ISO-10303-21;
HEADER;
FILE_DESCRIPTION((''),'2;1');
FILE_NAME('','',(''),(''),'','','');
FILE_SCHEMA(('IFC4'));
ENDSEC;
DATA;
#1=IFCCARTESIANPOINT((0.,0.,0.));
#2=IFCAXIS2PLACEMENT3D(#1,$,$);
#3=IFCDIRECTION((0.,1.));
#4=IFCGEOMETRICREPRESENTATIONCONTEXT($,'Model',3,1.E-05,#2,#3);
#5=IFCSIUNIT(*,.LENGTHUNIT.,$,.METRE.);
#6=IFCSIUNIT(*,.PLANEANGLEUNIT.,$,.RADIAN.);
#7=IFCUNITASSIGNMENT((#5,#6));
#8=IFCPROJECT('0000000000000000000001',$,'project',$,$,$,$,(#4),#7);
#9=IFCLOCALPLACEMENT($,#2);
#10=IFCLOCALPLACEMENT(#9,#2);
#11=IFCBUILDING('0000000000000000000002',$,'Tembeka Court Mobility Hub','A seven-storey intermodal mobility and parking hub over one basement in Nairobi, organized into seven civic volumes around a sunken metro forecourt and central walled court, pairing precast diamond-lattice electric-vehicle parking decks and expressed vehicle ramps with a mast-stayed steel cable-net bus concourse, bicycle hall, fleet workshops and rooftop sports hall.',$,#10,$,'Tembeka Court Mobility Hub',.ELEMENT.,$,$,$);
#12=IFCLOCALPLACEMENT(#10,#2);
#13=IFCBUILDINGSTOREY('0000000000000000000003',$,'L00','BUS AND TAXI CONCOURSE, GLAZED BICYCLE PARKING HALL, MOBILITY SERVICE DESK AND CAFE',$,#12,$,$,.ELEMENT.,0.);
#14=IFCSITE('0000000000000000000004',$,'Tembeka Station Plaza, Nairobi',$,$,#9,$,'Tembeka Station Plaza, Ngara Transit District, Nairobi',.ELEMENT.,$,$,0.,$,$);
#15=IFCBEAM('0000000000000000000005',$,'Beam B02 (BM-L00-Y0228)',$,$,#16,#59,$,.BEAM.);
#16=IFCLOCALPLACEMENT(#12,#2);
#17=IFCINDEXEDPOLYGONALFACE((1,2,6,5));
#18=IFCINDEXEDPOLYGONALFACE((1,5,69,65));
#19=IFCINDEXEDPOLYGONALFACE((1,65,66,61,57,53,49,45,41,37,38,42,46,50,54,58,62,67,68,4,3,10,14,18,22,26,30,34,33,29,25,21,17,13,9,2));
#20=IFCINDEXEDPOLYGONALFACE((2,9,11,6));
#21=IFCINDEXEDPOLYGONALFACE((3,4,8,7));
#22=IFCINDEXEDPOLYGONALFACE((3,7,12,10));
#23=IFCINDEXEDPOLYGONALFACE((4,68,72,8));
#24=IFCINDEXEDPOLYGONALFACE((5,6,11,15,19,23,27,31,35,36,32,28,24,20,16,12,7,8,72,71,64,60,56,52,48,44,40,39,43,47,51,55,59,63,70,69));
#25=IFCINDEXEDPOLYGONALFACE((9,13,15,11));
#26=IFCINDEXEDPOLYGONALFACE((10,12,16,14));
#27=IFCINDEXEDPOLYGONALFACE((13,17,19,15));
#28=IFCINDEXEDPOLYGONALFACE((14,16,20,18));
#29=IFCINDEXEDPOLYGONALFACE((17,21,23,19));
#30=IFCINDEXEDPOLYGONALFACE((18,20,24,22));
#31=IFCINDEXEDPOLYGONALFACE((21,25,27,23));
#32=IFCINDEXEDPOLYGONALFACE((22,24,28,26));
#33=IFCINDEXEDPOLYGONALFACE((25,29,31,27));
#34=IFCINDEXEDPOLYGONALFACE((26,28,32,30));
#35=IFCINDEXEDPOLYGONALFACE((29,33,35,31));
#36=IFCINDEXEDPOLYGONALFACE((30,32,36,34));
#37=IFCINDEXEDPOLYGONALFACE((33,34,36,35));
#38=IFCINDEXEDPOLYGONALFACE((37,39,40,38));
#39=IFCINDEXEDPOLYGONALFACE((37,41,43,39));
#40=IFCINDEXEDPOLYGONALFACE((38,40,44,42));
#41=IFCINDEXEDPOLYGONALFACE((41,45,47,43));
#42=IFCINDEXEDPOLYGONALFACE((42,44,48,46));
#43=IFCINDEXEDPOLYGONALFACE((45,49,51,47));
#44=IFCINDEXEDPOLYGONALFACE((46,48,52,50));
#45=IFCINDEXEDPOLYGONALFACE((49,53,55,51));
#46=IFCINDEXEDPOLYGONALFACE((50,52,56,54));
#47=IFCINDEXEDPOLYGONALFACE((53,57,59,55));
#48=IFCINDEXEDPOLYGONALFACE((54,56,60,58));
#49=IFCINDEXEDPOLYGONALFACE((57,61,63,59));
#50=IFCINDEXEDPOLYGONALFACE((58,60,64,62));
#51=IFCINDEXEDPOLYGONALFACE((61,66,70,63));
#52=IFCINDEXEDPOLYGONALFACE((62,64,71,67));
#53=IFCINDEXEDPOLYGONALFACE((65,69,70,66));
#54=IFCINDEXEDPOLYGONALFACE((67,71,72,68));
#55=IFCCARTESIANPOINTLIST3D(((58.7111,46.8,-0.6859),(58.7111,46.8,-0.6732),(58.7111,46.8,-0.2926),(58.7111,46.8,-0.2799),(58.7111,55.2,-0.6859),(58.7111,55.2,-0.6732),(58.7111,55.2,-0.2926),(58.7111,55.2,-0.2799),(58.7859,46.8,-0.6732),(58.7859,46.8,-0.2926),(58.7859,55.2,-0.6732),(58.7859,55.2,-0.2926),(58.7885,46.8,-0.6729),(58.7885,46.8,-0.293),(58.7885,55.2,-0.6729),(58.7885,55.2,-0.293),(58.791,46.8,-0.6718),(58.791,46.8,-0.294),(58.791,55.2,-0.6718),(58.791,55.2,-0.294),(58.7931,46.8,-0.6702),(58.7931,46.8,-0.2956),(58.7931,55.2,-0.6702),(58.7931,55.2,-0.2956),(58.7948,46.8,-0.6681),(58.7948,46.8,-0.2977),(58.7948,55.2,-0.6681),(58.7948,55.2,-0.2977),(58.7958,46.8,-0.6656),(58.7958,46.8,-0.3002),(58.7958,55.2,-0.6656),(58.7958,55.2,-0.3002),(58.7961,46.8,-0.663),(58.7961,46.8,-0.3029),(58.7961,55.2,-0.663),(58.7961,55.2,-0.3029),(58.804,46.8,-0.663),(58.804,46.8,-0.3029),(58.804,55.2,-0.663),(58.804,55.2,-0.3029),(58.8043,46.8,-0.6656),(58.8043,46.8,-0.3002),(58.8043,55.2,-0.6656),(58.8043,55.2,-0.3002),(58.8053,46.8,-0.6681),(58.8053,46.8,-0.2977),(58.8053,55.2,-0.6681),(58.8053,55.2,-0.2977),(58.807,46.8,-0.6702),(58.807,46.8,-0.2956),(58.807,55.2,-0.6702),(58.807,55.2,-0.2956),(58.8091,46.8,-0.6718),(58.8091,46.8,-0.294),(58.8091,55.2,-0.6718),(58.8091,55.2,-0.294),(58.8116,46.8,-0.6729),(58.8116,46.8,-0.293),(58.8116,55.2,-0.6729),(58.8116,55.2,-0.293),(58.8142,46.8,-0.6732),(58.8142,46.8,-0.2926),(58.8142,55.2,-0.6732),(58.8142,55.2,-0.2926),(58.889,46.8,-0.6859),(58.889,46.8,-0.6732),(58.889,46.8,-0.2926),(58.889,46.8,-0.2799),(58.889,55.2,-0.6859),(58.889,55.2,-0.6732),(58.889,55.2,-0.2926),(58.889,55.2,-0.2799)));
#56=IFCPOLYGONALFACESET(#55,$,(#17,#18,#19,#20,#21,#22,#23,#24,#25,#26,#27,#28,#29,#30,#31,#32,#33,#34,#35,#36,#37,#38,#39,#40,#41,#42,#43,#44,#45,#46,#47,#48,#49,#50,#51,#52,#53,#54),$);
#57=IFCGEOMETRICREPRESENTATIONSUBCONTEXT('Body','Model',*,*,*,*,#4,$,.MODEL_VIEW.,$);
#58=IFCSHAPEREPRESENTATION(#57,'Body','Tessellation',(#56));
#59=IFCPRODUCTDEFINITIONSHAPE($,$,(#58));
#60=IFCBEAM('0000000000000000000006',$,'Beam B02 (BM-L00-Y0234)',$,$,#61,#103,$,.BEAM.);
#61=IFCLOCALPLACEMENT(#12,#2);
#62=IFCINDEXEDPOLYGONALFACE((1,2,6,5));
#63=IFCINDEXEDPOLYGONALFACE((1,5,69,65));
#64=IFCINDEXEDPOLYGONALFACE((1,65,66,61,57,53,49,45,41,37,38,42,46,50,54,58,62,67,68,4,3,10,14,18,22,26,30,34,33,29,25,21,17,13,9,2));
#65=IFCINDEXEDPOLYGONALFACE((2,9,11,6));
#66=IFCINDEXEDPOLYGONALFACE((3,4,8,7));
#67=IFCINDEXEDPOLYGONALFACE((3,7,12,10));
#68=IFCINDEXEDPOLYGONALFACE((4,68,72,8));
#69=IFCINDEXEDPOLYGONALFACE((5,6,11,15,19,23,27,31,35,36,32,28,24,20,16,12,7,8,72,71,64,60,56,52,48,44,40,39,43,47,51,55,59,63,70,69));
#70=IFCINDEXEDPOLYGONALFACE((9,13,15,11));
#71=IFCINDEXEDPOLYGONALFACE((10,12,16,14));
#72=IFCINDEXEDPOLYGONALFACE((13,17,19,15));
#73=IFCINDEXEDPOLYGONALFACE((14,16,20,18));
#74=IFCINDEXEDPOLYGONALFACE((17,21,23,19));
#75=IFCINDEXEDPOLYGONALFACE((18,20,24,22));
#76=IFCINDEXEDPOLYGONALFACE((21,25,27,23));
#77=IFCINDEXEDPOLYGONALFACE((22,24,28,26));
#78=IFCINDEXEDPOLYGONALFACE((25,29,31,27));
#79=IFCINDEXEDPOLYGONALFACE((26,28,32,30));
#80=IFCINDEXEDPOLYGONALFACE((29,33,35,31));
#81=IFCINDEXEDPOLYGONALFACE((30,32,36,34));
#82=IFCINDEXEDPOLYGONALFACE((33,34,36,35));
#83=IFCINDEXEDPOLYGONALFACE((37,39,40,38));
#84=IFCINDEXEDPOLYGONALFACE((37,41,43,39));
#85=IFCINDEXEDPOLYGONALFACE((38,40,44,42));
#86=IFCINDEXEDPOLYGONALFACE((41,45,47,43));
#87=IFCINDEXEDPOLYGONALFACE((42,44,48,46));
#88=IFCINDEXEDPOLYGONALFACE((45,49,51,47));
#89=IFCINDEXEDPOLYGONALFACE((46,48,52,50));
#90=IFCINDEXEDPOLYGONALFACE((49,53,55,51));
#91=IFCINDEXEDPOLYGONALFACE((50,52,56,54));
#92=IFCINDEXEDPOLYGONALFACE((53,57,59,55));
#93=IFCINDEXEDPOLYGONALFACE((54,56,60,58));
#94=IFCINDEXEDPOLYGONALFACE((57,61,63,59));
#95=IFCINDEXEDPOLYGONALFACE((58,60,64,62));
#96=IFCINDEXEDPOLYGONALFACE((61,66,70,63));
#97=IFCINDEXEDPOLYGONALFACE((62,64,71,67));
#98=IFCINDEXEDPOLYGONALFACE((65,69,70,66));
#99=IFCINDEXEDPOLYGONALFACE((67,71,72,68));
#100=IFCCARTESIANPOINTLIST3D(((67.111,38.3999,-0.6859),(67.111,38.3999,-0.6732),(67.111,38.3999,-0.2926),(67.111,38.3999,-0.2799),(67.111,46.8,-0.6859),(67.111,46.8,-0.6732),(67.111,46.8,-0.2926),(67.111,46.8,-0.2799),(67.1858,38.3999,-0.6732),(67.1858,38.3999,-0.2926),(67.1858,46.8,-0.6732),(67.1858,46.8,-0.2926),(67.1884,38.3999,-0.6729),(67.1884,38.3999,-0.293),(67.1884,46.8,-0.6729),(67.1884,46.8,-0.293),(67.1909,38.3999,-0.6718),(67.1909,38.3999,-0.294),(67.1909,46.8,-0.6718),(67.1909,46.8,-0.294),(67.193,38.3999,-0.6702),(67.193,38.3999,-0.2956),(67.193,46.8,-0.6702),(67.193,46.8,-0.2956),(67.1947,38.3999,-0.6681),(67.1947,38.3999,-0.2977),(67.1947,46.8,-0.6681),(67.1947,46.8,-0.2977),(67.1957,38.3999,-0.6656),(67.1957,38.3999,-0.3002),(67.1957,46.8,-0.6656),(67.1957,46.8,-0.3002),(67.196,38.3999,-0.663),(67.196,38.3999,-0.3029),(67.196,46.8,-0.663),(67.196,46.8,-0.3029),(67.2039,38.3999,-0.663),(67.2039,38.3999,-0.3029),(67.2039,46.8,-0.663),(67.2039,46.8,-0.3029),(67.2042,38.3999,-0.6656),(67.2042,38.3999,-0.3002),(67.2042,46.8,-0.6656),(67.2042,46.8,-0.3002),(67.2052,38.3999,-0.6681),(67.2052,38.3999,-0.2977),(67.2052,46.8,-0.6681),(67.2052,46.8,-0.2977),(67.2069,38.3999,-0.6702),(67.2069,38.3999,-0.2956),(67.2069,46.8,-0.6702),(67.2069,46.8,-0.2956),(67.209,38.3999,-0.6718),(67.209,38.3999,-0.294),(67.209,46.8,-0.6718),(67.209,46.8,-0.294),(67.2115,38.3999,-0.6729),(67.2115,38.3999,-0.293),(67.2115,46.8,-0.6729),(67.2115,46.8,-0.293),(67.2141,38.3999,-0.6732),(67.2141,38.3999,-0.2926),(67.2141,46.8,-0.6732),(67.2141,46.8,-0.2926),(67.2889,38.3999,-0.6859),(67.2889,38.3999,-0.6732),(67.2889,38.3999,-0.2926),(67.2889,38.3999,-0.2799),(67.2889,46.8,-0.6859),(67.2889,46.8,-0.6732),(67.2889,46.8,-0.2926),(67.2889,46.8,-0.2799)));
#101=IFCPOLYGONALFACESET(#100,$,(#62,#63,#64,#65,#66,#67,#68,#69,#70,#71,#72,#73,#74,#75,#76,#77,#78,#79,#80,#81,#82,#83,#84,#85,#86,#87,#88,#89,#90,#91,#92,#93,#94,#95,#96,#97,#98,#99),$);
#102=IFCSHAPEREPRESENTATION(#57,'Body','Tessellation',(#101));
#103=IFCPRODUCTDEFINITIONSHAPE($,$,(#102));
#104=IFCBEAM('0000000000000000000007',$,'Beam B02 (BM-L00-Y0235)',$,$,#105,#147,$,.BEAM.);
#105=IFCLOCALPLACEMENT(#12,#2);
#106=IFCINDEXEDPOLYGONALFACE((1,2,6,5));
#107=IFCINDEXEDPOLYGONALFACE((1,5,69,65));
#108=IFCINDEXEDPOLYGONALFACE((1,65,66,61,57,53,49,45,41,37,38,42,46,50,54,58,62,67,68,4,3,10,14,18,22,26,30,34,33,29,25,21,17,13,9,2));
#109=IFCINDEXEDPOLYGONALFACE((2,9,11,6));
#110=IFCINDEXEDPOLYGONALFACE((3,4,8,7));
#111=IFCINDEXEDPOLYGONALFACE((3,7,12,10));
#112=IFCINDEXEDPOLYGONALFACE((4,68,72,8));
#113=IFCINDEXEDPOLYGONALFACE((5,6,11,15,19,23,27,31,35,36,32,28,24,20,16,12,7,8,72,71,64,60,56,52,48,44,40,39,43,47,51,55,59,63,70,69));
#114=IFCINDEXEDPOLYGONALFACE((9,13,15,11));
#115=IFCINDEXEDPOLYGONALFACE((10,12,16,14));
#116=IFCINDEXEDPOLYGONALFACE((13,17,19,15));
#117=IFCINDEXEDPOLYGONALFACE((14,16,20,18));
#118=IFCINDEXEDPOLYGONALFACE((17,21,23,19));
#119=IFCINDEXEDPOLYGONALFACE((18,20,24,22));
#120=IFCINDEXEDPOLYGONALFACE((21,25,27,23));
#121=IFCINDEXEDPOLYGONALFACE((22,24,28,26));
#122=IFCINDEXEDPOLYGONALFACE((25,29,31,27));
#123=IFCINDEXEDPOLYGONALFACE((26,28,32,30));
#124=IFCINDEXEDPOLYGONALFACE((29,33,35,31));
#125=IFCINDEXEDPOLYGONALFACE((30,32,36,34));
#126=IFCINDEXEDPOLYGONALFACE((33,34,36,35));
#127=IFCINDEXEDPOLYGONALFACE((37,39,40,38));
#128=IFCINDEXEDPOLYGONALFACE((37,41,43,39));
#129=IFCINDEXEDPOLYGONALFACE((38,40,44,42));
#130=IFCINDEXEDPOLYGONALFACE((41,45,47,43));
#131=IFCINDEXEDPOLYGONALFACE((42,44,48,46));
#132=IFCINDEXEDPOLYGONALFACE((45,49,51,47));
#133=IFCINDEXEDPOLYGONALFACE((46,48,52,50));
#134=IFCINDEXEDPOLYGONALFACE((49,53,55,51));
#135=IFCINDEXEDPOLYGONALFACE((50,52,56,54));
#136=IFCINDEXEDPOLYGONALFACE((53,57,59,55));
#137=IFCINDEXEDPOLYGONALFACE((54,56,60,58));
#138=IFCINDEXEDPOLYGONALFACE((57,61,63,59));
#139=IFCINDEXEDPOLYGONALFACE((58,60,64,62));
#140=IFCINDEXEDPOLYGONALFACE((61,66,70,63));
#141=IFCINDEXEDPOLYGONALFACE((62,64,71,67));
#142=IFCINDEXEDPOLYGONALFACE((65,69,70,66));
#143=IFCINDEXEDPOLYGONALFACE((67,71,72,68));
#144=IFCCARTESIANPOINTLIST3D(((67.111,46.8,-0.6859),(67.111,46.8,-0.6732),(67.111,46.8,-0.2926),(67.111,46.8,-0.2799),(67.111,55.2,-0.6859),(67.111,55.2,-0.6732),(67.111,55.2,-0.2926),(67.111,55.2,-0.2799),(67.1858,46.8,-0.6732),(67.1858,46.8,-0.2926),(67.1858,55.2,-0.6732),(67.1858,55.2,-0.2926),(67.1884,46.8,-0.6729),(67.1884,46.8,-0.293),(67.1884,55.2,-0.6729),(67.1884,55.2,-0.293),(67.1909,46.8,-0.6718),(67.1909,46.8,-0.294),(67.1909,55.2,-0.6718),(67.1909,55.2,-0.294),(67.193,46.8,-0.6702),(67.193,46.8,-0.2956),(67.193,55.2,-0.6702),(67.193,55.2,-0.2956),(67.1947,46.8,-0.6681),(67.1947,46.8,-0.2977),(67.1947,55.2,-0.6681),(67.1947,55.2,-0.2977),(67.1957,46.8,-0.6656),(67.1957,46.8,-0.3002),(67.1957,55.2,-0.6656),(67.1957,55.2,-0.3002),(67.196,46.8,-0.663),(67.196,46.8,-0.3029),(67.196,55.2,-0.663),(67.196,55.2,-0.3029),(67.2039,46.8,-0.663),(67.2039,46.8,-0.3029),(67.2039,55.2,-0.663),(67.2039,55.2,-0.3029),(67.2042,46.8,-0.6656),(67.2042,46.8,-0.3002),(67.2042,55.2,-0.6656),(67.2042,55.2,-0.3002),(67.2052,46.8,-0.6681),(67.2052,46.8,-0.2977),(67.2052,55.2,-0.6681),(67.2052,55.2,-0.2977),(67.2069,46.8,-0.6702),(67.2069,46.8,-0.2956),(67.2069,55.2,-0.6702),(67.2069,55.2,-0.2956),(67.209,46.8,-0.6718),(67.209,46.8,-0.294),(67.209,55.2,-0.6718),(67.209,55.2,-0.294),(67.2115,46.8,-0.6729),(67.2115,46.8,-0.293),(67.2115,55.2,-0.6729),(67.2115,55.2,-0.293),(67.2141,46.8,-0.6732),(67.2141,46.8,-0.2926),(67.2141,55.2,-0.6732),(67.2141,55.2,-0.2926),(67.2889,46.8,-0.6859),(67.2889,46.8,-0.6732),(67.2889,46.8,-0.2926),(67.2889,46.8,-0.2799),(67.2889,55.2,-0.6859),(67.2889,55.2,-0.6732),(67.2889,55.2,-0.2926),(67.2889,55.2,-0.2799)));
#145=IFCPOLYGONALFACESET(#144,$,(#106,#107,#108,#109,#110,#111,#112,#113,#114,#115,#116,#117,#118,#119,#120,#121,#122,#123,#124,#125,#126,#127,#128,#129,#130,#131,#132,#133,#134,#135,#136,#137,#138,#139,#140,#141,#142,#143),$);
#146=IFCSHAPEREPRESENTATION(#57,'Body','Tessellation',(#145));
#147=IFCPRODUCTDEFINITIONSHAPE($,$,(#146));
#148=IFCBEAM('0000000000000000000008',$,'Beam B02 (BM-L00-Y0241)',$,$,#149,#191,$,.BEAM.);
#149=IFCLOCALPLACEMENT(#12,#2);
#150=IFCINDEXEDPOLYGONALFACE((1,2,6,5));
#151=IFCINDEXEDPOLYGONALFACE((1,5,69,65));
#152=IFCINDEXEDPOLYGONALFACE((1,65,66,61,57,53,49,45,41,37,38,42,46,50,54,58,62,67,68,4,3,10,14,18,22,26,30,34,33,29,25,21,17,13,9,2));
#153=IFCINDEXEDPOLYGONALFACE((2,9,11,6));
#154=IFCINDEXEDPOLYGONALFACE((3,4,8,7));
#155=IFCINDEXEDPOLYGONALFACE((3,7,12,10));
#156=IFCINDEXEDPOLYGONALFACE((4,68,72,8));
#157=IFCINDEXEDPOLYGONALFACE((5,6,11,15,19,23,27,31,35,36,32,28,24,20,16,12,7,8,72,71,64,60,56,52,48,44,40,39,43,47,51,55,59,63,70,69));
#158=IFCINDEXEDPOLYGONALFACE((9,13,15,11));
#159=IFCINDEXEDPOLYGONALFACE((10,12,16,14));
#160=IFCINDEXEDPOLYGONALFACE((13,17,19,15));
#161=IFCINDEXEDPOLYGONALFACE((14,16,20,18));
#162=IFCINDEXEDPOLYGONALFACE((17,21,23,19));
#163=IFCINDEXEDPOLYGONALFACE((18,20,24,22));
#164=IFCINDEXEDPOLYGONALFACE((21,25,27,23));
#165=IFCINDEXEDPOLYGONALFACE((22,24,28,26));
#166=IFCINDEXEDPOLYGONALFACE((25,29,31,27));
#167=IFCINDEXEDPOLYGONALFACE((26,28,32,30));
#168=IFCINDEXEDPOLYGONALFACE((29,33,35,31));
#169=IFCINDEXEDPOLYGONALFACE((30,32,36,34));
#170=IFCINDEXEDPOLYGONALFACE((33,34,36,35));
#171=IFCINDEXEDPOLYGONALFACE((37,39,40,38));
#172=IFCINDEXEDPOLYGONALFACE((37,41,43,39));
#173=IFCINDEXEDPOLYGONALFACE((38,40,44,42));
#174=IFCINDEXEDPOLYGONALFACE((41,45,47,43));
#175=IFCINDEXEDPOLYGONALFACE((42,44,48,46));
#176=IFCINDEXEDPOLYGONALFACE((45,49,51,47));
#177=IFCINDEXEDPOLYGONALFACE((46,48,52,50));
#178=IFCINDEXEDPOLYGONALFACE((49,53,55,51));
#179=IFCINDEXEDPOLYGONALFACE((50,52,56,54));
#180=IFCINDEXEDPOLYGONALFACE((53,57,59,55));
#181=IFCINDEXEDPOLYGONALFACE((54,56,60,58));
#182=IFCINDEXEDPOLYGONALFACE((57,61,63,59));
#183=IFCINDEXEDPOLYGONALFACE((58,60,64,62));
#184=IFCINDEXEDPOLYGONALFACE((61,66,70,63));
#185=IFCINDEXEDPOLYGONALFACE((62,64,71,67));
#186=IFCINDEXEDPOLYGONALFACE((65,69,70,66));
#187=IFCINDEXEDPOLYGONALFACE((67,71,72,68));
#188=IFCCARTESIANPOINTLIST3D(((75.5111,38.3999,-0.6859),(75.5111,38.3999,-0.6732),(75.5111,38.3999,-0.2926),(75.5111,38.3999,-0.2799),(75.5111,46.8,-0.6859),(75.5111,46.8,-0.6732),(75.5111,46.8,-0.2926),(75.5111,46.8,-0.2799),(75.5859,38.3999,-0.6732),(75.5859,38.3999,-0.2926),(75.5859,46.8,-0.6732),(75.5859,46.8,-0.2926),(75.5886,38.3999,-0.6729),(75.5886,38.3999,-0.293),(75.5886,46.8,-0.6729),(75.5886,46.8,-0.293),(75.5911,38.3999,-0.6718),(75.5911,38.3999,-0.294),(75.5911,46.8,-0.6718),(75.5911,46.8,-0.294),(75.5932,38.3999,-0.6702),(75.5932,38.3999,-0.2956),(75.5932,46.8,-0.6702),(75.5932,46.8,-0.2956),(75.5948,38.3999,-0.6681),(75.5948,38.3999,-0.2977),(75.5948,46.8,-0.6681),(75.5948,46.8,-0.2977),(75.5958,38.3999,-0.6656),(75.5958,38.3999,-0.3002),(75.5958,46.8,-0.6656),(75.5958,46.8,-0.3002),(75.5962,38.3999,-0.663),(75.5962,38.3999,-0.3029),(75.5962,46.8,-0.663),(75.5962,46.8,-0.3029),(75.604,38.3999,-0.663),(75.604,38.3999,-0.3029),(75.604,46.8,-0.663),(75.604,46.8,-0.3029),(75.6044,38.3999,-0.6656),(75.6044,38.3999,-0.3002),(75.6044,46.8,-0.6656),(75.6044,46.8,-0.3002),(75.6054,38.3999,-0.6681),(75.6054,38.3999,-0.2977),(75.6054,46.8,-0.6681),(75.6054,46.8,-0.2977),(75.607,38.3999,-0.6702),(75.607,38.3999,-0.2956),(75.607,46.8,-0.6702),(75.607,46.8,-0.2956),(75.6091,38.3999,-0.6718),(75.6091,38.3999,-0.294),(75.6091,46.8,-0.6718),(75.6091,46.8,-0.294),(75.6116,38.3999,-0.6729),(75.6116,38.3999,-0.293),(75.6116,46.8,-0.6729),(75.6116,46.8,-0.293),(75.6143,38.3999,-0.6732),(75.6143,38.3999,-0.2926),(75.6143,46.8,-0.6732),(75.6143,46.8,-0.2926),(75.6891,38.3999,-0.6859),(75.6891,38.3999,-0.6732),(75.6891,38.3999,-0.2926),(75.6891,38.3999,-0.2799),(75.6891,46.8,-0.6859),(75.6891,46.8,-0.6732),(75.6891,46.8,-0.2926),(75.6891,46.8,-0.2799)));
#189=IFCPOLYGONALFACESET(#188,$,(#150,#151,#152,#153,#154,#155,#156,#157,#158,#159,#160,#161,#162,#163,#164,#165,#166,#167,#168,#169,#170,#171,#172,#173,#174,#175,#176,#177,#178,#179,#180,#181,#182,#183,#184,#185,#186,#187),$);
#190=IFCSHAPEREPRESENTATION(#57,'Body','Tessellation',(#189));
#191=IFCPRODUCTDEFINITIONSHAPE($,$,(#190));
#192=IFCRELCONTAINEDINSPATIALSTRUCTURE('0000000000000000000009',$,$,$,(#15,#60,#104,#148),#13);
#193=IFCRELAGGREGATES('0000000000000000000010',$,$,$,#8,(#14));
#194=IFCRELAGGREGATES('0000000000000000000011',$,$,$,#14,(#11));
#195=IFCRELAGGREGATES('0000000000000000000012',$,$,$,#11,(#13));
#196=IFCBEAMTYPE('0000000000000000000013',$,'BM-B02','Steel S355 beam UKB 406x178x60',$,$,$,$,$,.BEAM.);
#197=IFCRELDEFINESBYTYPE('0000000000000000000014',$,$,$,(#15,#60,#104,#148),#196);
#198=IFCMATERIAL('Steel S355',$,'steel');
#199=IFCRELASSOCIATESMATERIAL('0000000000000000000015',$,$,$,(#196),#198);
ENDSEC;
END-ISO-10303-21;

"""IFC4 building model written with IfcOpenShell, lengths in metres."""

from ifc_helpers import new_model, si_unit, direction, frame, origin, origin_2d, place, context, subcontext, project, spatial, i_section, extrude, material, material_profile, profile_set, type_object, element, save


model = new_model("IFC4")

# Units and contexts
model_context = context("Model", 3, precision=1e-05, world=origin(), true_north=direction((0.0, 1.0)))
body_context = subcontext(model_context, "Body", "Model", "MODEL_VIEW")
ifc_project = project(units=[si_unit("LENGTHUNIT", "METRE"), si_unit("PLANEANGLEUNIT", "RADIAN")], contexts=[model_context])

# Site, building, storey
site_placement = place(None, origin())
site = spatial("IfcSite", under=ifc_project, at=site_placement, Name="Tembeka Station Plaza, Nairobi", LongName="Tembeka Station Plaza, Ngara Transit District, Nairobi", CompositionType="ELEMENT", RefElevation=0.0)
building_placement = place(site_placement, origin())
building = spatial("IfcBuilding", under=site, at=building_placement, Name="Tembeka Court Mobility Hub", Description="A seven-storey intermodal mobility and parking hub over one basement in Nairobi, organized into seven civic volumes around a sunken metro forecourt and central walled court, pairing precast diamond-lattice electric-vehicle parking decks and expressed vehicle ramps with a mast-stayed steel cable-net bus concourse, bicycle hall, fleet workshops and rooftop sports hall.", LongName="Tembeka Court Mobility Hub", CompositionType="ELEMENT")
storey_placement = place(building_placement, origin())
storey = spatial("IfcBuildingStorey", under=building, at=storey_placement, Name="L00", Description="BUS AND TAXI CONCOURSE, GLAZED BICYCLE PARKING HALL, MOBILITY SERVICE DESK AND CAFE", CompositionType="ELEMENT", Elevation=0.0)

# Shared definitions
ifc_material_1 = material(Name="Steel S355", Category="steel")

# Beams
ifc_material_profile_1 = material_profile(ifc_material_1, i_section(OverallWidth=0.178, OverallDepth=0.406, WebThickness=0.0078, FlangeThickness=0.0127, FilletRadius=0.0103, at=origin_2d()), Name="UKB 406x178x60")
ifc_profile_set_1 = profile_set([ifc_material_profile_1], Name="Steel S355")
beam_type_1 = type_object("IfcBeamType", Name="BM-B02", Description="Steel S355 beam UKB 406x178x60", PredefinedType="BEAM", material=ifc_profile_set_1)
beam_1_placement = place(storey_placement, frame((58.8, 46.8, -0.4829), z_axis=(0.0, 1.0, 0.0), x_axis=(-1.0, 0.0, 0.0)))
element("IfcBeam", 1, at=beam_1_placement, inside=storey, type_object=beam_type_1, Name="Beam B02 (BM-L00-Y0228)", PredefinedType="BEAM", context=body_context, shape_type="SweptSolid", body=[
    extrude(i_section(OverallWidth=0.178, OverallDepth=0.406, WebThickness=0.0078, FlangeThickness=0.0127, FilletRadius=0.0103, at=origin_2d()), origin(), (0.0, 0.0, 1.0), 8.3999),
])
beam_2_placement = place(storey_placement, frame((67.2, 38.3999, -0.4829), z_axis=(0.0, 1.0, 0.0), x_axis=(-1.0, 0.0, 0.0)))
element("IfcBeam", 2, at=beam_2_placement, inside=storey, type_object=beam_type_1, Name="Beam B02 (BM-L00-Y0234)", PredefinedType="BEAM", context=body_context, shape_type="SweptSolid", body=[
    extrude(i_section(OverallWidth=0.178, OverallDepth=0.406, WebThickness=0.0078, FlangeThickness=0.0127, FilletRadius=0.0103, at=origin_2d()), origin(), (0.0, 0.0, 1.0), 8.4001),
])
beam_3_placement = place(storey_placement, frame((67.2, 46.8, -0.4829), z_axis=(0.0, 1.0, 0.0), x_axis=(-1.0, 0.0, 0.0)))
element("IfcBeam", 3, at=beam_3_placement, inside=storey, type_object=beam_type_1, Name="Beam B02 (BM-L00-Y0235)", PredefinedType="BEAM", context=body_context, shape_type="SweptSolid", body=[
    extrude(i_section(OverallWidth=0.178, OverallDepth=0.406, WebThickness=0.0078, FlangeThickness=0.0127, FilletRadius=0.0103, at=origin_2d()), origin(), (0.0, 0.0, 1.0), 8.3999),
])
beam_4_placement = place(storey_placement, frame((75.6001, 38.3999, -0.4829), z_axis=(0.0, 1.0, 0.0), x_axis=(-1.0, 0.0, 0.0)))
element("IfcBeam", 4, at=beam_4_placement, inside=storey, type_object=beam_type_1, Name="Beam B02 (BM-L00-Y0241)", PredefinedType="BEAM", context=body_context, shape_type="SweptSolid", body=[
    extrude(i_section(OverallWidth=0.178, OverallDepth=0.406, WebThickness=0.0078, FlangeThickness=0.0127, FilletRadius=0.0103, at=origin_2d()), origin(), (0.0, 0.0, 1.0), 8.4001),
])

save(model, "model.ifc")
